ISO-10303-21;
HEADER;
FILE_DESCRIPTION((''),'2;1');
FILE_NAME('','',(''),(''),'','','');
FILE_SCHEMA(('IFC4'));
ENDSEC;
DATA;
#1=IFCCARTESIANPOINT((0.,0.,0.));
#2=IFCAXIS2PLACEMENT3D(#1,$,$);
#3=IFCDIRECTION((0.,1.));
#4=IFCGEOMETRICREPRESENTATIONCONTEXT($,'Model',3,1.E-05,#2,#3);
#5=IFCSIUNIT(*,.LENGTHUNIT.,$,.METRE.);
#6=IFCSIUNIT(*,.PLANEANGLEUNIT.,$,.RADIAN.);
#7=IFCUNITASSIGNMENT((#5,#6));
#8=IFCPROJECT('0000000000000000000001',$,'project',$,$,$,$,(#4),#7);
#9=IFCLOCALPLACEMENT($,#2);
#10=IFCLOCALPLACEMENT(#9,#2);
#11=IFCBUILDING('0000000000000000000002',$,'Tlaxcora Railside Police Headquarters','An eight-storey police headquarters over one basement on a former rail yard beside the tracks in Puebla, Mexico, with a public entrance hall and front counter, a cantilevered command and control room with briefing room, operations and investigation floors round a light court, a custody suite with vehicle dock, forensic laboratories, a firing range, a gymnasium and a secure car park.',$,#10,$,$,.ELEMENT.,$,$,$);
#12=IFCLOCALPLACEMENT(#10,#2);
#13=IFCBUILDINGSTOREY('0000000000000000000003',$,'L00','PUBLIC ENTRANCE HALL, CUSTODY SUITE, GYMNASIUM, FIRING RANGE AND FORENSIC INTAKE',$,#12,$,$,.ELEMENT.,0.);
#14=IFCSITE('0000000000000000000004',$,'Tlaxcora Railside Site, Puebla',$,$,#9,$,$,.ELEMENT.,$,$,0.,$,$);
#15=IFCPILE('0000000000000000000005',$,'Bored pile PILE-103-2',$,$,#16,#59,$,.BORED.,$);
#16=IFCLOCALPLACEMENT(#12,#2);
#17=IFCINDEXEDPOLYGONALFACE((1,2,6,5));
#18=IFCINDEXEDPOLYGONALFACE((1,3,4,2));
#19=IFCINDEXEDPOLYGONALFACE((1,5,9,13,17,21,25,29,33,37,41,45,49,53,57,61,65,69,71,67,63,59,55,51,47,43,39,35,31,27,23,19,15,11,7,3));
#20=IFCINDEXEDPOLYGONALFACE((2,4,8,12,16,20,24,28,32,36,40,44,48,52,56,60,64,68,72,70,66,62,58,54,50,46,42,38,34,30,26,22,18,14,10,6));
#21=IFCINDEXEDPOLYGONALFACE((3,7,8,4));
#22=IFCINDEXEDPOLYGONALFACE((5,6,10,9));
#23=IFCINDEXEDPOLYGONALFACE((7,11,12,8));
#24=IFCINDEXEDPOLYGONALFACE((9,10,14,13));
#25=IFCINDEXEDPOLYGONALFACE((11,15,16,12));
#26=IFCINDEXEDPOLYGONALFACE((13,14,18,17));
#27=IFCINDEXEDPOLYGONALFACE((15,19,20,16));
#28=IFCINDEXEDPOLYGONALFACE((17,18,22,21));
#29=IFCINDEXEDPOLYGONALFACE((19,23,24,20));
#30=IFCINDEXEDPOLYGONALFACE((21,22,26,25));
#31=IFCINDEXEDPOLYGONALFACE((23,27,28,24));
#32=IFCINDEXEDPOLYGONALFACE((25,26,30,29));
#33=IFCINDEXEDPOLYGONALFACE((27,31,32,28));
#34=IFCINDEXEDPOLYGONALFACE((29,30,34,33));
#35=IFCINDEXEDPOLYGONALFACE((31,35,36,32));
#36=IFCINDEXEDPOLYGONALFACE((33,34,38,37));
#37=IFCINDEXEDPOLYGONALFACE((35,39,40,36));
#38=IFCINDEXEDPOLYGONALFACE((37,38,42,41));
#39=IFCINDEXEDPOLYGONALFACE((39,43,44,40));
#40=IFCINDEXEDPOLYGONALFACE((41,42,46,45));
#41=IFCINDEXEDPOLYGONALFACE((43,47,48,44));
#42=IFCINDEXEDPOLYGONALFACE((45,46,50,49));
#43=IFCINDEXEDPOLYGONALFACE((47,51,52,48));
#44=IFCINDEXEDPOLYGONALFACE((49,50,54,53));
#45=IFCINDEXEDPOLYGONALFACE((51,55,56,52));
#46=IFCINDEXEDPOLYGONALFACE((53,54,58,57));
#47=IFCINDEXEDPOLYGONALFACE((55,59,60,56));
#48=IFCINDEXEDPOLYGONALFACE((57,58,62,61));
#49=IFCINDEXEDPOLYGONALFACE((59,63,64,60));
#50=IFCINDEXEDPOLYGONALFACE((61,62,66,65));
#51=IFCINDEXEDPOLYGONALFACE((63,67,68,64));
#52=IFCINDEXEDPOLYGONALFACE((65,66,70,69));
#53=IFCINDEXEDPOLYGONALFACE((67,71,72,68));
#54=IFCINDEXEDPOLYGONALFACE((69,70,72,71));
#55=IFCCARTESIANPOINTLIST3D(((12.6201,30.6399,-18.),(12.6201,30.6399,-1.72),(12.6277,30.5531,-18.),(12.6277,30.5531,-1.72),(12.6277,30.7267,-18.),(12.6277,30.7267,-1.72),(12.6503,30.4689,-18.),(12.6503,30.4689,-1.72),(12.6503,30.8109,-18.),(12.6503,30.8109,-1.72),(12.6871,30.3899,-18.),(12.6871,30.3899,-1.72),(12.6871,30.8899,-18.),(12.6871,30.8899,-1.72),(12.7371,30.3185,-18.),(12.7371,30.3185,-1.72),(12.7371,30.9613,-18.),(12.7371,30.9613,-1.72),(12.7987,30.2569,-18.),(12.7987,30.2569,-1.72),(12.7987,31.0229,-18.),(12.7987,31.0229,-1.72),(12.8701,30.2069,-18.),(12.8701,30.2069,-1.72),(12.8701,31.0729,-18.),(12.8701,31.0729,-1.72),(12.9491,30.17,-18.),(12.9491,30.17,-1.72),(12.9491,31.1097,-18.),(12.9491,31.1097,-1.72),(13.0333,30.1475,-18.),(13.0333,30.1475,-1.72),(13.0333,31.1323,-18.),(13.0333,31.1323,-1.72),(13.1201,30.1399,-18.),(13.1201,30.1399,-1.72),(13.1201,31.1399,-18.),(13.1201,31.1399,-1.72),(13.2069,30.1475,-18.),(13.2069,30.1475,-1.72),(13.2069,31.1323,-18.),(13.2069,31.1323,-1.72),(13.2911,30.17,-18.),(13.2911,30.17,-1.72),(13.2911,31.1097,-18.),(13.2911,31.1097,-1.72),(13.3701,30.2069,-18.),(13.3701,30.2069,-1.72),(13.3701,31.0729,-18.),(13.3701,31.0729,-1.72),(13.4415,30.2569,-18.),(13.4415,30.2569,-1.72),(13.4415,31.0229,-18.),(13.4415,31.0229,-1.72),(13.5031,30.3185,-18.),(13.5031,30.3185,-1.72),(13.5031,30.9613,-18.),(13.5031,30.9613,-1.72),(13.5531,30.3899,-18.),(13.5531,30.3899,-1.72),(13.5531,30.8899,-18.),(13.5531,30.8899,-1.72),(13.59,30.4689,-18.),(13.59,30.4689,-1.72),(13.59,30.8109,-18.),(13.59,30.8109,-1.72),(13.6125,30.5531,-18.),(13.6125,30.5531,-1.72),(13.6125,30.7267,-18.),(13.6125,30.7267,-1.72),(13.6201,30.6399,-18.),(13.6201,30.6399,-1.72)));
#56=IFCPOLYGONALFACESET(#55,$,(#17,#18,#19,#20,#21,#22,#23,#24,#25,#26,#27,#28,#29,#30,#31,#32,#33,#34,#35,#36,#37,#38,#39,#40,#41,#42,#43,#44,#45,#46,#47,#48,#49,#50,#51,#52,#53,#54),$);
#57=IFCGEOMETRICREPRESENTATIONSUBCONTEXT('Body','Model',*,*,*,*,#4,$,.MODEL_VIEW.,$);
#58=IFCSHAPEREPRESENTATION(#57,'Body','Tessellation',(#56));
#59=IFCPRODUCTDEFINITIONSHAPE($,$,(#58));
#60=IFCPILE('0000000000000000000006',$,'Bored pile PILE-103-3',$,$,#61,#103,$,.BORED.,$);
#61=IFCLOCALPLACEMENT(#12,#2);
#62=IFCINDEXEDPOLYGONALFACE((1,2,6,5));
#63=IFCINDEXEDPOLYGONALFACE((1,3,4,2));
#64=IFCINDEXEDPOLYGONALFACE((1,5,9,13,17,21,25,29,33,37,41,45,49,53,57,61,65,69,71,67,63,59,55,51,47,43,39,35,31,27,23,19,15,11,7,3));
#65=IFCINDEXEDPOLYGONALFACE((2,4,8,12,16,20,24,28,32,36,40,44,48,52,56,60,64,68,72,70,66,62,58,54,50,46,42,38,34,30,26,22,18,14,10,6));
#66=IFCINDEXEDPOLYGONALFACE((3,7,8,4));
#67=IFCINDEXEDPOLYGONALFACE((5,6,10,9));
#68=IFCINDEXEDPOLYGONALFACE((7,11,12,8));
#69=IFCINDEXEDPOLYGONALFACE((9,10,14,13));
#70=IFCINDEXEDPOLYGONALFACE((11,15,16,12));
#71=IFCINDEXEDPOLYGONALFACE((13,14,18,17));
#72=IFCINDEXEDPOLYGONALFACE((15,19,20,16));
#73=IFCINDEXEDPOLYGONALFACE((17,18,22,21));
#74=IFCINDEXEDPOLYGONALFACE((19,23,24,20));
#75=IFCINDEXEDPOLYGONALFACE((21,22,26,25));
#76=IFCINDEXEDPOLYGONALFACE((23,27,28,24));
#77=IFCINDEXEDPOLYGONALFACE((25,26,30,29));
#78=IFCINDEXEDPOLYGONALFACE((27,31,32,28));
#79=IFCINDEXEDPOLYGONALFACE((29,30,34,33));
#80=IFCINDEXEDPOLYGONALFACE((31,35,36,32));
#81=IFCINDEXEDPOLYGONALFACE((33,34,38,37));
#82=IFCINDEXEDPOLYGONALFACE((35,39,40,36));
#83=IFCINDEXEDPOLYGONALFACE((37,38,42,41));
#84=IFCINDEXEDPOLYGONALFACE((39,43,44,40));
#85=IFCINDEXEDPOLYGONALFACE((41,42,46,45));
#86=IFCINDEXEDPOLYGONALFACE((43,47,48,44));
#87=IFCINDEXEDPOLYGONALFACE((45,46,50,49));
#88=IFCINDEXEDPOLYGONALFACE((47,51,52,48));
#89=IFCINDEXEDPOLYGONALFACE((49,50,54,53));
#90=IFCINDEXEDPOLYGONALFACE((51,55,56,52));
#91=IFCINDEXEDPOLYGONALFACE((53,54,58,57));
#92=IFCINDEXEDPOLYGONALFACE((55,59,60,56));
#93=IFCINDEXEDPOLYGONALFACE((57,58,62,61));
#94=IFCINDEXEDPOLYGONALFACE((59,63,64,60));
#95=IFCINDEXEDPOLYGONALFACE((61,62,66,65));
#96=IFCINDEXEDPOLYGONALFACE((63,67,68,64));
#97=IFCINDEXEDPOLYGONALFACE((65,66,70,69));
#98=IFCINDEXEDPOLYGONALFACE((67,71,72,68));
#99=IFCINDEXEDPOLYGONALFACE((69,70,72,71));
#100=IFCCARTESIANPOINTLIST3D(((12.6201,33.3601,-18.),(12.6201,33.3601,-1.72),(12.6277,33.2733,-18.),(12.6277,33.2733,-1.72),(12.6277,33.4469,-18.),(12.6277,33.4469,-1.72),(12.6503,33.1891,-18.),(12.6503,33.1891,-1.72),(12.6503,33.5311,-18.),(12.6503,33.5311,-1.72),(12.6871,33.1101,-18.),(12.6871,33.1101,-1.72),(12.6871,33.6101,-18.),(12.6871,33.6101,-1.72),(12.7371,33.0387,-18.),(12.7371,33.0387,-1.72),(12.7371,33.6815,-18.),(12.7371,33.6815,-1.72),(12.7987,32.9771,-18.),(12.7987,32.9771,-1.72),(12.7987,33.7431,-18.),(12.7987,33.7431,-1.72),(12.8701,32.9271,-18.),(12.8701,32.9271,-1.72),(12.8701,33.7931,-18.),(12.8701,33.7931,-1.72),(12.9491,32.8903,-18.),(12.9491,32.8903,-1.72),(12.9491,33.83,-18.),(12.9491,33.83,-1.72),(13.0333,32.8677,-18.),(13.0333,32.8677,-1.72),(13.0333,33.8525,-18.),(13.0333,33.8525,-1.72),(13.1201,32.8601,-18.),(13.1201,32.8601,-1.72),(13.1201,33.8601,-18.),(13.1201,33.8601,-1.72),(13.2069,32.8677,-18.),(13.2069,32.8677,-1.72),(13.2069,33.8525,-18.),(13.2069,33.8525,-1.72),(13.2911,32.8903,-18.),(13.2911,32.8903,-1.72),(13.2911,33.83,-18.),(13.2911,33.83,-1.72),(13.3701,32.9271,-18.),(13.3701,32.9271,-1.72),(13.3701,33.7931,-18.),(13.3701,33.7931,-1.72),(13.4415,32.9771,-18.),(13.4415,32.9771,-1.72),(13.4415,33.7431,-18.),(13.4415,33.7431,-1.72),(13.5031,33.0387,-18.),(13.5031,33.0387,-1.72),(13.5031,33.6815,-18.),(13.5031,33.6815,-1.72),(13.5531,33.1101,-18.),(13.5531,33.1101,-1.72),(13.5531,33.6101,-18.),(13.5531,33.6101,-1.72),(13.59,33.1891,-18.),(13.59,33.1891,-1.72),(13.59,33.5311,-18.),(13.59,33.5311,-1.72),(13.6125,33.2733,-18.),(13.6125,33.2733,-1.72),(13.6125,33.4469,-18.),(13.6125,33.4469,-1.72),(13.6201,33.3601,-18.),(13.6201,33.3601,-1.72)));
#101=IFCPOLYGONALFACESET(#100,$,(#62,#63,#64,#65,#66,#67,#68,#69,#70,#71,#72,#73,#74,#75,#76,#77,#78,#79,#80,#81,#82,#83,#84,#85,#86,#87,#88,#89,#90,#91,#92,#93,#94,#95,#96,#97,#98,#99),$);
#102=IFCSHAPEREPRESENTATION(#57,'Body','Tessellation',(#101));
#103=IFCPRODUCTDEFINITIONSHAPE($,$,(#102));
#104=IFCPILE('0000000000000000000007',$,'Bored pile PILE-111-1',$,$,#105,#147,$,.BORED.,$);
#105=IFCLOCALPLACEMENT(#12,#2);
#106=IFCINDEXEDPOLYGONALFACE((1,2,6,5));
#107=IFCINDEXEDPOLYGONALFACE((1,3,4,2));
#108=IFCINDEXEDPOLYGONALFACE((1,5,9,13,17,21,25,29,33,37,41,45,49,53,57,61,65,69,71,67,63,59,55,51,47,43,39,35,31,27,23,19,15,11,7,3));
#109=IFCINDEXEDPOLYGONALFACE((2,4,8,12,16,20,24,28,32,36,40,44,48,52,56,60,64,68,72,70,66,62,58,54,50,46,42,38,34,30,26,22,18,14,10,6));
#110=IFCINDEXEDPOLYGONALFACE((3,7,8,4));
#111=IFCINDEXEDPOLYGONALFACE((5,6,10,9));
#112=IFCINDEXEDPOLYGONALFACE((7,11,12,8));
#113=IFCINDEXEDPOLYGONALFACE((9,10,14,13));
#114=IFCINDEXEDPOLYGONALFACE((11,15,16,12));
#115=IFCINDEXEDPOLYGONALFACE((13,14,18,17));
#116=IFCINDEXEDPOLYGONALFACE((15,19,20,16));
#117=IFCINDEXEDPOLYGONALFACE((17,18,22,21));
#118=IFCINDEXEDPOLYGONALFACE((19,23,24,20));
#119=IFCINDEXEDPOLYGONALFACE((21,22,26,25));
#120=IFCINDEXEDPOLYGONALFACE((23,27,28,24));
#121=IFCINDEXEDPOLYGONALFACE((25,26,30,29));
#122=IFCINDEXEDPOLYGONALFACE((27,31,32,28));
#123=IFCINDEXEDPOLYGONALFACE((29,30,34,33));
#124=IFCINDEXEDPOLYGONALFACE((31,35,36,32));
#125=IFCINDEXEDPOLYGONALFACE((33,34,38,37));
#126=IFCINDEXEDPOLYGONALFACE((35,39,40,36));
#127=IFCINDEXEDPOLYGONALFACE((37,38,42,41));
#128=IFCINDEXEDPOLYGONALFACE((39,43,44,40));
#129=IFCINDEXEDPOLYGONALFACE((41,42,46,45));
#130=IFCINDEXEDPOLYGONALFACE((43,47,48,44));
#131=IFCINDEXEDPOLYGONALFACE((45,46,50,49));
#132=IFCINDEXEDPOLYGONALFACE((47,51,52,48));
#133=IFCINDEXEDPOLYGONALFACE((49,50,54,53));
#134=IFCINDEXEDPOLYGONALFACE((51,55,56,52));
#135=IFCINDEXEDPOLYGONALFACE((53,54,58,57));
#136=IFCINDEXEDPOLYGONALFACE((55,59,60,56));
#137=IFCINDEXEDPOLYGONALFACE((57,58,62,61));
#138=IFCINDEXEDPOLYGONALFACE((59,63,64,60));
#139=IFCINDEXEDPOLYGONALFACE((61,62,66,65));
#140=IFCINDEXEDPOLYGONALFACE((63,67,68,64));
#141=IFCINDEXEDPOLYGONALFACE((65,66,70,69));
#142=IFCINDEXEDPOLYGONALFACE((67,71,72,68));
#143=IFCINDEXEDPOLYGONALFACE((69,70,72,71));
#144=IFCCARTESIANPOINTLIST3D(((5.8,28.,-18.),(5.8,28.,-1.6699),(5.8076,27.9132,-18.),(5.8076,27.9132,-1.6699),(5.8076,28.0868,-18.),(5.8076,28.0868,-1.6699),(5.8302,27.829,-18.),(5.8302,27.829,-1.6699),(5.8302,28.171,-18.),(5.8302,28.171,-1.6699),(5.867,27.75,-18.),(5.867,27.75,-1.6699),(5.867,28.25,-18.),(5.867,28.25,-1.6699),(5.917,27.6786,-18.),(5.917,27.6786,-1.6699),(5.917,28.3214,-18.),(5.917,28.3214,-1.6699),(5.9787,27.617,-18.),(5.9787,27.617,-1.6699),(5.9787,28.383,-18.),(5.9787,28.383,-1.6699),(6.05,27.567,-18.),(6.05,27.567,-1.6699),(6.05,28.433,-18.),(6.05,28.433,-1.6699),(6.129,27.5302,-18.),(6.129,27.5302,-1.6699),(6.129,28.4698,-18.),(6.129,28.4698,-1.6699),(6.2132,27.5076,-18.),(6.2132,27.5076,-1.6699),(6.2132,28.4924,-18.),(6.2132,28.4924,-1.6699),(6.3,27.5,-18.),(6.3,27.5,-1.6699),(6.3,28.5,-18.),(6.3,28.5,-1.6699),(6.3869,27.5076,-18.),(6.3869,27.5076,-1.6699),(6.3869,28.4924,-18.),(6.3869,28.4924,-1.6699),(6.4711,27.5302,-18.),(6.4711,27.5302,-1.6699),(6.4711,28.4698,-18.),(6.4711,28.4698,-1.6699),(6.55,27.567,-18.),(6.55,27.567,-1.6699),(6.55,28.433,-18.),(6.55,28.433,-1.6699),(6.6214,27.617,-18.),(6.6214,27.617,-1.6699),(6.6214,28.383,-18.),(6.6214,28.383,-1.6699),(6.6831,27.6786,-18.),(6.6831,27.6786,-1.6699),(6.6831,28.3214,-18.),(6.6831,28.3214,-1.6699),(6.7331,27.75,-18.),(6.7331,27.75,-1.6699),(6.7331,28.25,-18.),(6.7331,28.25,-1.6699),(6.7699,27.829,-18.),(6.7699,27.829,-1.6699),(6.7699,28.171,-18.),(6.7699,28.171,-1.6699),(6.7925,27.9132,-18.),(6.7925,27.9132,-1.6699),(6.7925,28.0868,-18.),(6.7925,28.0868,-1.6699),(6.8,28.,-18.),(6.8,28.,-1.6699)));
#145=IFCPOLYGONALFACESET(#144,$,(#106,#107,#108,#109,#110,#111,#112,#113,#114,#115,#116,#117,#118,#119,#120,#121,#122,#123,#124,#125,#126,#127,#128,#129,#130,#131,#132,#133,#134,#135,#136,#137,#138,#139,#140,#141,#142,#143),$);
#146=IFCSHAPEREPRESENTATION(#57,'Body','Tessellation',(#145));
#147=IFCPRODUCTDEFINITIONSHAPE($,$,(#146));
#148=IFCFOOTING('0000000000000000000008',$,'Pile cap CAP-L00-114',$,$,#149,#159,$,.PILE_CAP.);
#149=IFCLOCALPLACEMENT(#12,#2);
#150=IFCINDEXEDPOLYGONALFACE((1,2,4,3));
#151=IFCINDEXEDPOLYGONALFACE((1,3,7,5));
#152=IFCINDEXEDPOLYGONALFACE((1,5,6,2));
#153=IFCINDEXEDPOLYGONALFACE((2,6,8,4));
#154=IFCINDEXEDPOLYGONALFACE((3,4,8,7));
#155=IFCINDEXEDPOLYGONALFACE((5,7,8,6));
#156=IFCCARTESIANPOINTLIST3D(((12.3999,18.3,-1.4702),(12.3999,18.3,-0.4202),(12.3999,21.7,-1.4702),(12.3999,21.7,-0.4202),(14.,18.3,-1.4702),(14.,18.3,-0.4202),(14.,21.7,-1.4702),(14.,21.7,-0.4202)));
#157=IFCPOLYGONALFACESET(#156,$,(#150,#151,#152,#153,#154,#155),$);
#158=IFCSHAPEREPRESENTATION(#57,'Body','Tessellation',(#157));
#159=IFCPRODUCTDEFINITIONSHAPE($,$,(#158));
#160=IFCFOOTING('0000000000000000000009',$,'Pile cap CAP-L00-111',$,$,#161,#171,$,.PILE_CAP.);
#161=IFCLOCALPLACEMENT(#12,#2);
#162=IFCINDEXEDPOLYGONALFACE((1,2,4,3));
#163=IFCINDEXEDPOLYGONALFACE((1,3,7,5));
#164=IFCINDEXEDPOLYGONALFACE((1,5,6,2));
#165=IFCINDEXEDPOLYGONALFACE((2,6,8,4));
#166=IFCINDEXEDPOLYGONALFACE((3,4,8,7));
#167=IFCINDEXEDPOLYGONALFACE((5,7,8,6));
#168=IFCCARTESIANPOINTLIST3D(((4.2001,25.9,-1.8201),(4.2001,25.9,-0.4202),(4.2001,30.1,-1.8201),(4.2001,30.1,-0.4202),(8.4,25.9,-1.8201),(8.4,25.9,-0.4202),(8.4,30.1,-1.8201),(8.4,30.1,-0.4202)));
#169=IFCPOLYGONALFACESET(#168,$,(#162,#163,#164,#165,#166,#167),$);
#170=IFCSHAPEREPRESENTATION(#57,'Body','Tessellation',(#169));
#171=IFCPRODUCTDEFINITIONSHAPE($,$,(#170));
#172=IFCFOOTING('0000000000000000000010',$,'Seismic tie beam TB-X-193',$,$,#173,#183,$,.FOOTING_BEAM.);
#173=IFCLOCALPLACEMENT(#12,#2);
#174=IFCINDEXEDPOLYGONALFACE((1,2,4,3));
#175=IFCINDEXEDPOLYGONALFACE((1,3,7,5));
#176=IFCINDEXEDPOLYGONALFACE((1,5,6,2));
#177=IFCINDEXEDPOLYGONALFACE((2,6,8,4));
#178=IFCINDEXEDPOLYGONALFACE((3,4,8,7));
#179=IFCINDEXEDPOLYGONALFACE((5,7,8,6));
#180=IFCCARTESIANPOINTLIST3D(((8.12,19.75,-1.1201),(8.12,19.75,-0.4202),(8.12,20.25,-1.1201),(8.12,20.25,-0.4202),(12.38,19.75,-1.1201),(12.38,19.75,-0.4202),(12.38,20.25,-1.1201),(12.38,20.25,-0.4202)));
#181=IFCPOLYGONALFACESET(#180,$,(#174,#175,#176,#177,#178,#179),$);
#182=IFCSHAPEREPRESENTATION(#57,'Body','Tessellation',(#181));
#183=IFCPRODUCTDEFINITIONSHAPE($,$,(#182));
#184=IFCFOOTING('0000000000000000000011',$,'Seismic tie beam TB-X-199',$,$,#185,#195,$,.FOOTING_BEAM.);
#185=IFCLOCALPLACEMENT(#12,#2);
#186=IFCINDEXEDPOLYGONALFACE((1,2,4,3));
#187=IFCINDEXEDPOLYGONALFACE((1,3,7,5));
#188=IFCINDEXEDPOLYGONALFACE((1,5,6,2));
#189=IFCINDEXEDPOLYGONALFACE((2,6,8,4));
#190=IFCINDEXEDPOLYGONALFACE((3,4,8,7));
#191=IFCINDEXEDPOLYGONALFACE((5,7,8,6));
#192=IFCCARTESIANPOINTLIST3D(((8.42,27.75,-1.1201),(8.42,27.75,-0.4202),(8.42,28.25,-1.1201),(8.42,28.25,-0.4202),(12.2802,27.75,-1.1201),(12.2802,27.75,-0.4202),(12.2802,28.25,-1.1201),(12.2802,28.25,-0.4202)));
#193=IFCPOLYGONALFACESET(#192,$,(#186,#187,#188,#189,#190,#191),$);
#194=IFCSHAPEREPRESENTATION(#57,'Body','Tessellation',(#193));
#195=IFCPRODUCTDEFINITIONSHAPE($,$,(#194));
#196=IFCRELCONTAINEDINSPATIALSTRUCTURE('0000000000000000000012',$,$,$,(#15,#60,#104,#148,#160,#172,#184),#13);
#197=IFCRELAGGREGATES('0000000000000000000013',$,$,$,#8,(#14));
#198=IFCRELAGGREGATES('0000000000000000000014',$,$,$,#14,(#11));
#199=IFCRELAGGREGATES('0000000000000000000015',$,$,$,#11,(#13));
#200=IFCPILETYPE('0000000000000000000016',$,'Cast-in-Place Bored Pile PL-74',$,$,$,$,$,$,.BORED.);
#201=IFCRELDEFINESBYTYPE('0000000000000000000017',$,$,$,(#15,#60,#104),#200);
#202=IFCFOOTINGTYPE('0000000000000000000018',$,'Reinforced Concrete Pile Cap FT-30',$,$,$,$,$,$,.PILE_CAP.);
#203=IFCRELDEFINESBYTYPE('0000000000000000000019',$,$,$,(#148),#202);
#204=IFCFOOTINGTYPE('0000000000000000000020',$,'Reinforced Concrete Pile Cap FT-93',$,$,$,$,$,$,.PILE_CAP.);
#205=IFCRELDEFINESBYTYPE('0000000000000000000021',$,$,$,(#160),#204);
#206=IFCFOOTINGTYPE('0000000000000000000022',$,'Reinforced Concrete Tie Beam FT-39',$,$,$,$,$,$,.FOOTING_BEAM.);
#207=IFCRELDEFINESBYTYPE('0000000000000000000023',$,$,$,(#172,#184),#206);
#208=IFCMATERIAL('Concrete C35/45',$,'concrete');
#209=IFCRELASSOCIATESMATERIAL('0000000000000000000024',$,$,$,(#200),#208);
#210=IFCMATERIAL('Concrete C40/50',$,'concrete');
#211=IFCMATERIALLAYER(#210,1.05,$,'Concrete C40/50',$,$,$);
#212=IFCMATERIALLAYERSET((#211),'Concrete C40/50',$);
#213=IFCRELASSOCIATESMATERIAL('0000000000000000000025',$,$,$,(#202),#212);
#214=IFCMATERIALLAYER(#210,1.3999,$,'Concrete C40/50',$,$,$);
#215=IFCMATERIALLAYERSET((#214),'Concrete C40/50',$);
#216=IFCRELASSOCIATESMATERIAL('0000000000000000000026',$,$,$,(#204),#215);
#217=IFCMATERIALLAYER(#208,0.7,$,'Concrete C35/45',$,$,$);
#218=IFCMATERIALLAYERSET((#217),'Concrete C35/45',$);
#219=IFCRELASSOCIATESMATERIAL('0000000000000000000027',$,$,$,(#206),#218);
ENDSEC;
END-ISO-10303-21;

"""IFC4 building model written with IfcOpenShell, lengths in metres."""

from ifc_helpers import new_model, si_unit, direction, frame, origin, origin_2d, place, context, subcontext, project, spatial, rectangle, circle, extrude, material, layer, layer_set, material_profile, profile_set, type_object, element, save


model = new_model("IFC4")

# Units and contexts
model_context = context("Model", 3, precision=1e-05, world=origin(), true_north=direction((0.0, 1.0)))
body_context = subcontext(model_context, "Body", "Model", "MODEL_VIEW")
ifc_project = project(units=[si_unit("LENGTHUNIT", "METRE"), si_unit("PLANEANGLEUNIT", "RADIAN")], contexts=[model_context])

# Site, building, storey
site_placement = place(None, origin())
site = spatial("IfcSite", under=ifc_project, at=site_placement, Name="Tlaxcora Railside Site, Puebla", CompositionType="ELEMENT", RefElevation=0.0)
building_placement = place(site_placement, origin())
building = spatial("IfcBuilding", under=site, at=building_placement, Name="Tlaxcora Railside Police Headquarters", Description="An eight-storey police headquarters over one basement on a former rail yard beside the tracks in Puebla, Mexico, with a public entrance hall and front counter, a cantilevered command and control room with briefing room, operations and investigation floors round a light court, a custody suite with vehicle dock, forensic laboratories, a firing range, a gymnasium and a secure car park.", CompositionType="ELEMENT")
storey_placement = place(building_placement, origin())
storey = spatial("IfcBuildingStorey", under=building, at=storey_placement, Name="L00", Description="PUBLIC ENTRANCE HALL, CUSTODY SUITE, GYMNASIUM, FIRING RANGE AND FORENSIC INTAKE", CompositionType="ELEMENT", Elevation=0.0)

# Piles
ifc_material_1 = material(Name="Concrete C35/45", Category="concrete")
ifc_material_profile_1 = material_profile(ifc_material_1, circle(Radius=0.5, at=origin_2d()), Name="PILE1000")
ifc_profile_set_1 = profile_set([ifc_material_profile_1], Name="Concrete C35/45")
pile_type_1 = type_object("IfcPileType", Name="Cast-in-Place Bored Pile PL-74", PredefinedType="BORED", material=ifc_profile_set_1)
for number, where, z_axis, x_axis, name in (
    (1, (13.1201, 30.6399, -1.72), (0.0, 0.0, -1.0), (1.0, 0.0, 0.0), "Bored pile PILE-103-2"),
    (2, (13.1201, 33.3601, -1.72), (0.0, 0.0, -1.0), (1.0, 0.0, 0.0), "Bored pile PILE-103-3"),
):
    element("IfcPile", number, at=place(storey_placement, frame(where, z_axis=z_axis, x_axis=x_axis)), inside=storey, type_object=pile_type_1, Name=name, PredefinedType="BORED", context=body_context, shape_type="SweptSolid", body=[
        extrude(circle(Radius=0.5, at=origin_2d()), origin(), (0.0, 0.0, 1.0), 16.28),
    ])
pile_1_placement = place(storey_placement, frame((6.3, 28.0, -1.6699), z_axis=(0.0, 0.0, -1.0), x_axis=(1.0, 0.0, 0.0)))
element("IfcPile", 3, at=pile_1_placement, inside=storey, type_object=pile_type_1, Name="Bored pile PILE-111-1", PredefinedType="BORED", context=body_context, shape_type="SweptSolid", body=[
    extrude(circle(Radius=0.5, at=origin_2d()), origin(), (0.0, 0.0, 1.0), 16.3301),
])

# Footings
ifc_material_2 = material(Name="Concrete C40/50", Category="concrete")
ifc_layer_1 = layer(ifc_material_2, 1.05, Name="Concrete C40/50")
ifc_layer_set_1 = layer_set([ifc_layer_1], Name="Concrete C40/50")
footing_type_1 = type_object("IfcFootingType", Name="Reinforced Concrete Pile Cap FT-30", PredefinedType="PILE_CAP", material=ifc_layer_set_1)
footing_1_placement = place(storey_placement, frame((13.2, 20.0, -1.4702), z_axis=(0.0, 0.0, 1.0), x_axis=(1.0, 0.0, 0.0)))
element("IfcFooting", 4, at=footing_1_placement, inside=storey, type_object=footing_type_1, Name="Pile cap CAP-L00-114", PredefinedType="PILE_CAP", context=body_context, shape_type="SweptSolid", body=[
    extrude(rectangle(XDim=1.6001, YDim=3.3999, at=origin_2d()), origin(), (0.0, 0.0, 1.0), 1.05),
])
ifc_layer_2 = layer(ifc_material_2, 1.3999, Name="Concrete C40/50")
ifc_layer_set_2 = layer_set([ifc_layer_2], Name="Concrete C40/50")
footing_type_2 = type_object("IfcFootingType", Name="Reinforced Concrete Pile Cap FT-93", PredefinedType="PILE_CAP", material=ifc_layer_set_2)
footing_2_placement = place(storey_placement, frame((6.3, 28.0, -1.8201), z_axis=(0.0, 0.0, 1.0), x_axis=(1.0, 0.0, 0.0)))
element("IfcFooting", 5, at=footing_2_placement, inside=storey, type_object=footing_type_2, Name="Pile cap CAP-L00-111", PredefinedType="PILE_CAP", context=body_context, shape_type="SweptSolid", body=[
    extrude(rectangle(XDim=4.2, YDim=4.2, at=origin_2d()), origin(), (0.0, 0.0, 1.0), 1.3999),
])
ifc_layer_3 = layer(ifc_material_1, 0.7, Name="Concrete C35/45")
ifc_layer_set_3 = layer_set([ifc_layer_3], Name="Concrete C35/45")
footing_type_3 = type_object("IfcFootingType", Name="Reinforced Concrete Tie Beam FT-39", PredefinedType="FOOTING_BEAM", material=ifc_layer_set_3)
footing_3_placement = place(storey_placement, frame((10.25, 20.0, -1.1201), z_axis=(0.0, 0.0, 1.0), x_axis=(1.0, 0.0, 0.0)))
element("IfcFooting", 6, at=footing_3_placement, inside=storey, type_object=footing_type_3, Name="Seismic tie beam TB-X-193", PredefinedType="FOOTING_BEAM", context=body_context, shape_type="SweptSolid", body=[
    extrude(rectangle(XDim=4.26, YDim=0.5, at=origin_2d()), origin(), (0.0, 0.0, 1.0), 0.7),
])
footing_4_placement = place(storey_placement, frame((10.3501, 28.0, -1.1201), z_axis=(0.0, 0.0, 1.0), x_axis=(1.0, 0.0, 0.0)))
element("IfcFooting", 7, at=footing_4_placement, inside=storey, type_object=footing_type_3, Name="Seismic tie beam TB-X-199", PredefinedType="FOOTING_BEAM", context=body_context, shape_type="SweptSolid", body=[
    extrude(rectangle(XDim=3.8601, YDim=0.5, at=origin_2d()), origin(), (0.0, 0.0, 1.0), 0.7),
])

save(model, "model.ifc")
